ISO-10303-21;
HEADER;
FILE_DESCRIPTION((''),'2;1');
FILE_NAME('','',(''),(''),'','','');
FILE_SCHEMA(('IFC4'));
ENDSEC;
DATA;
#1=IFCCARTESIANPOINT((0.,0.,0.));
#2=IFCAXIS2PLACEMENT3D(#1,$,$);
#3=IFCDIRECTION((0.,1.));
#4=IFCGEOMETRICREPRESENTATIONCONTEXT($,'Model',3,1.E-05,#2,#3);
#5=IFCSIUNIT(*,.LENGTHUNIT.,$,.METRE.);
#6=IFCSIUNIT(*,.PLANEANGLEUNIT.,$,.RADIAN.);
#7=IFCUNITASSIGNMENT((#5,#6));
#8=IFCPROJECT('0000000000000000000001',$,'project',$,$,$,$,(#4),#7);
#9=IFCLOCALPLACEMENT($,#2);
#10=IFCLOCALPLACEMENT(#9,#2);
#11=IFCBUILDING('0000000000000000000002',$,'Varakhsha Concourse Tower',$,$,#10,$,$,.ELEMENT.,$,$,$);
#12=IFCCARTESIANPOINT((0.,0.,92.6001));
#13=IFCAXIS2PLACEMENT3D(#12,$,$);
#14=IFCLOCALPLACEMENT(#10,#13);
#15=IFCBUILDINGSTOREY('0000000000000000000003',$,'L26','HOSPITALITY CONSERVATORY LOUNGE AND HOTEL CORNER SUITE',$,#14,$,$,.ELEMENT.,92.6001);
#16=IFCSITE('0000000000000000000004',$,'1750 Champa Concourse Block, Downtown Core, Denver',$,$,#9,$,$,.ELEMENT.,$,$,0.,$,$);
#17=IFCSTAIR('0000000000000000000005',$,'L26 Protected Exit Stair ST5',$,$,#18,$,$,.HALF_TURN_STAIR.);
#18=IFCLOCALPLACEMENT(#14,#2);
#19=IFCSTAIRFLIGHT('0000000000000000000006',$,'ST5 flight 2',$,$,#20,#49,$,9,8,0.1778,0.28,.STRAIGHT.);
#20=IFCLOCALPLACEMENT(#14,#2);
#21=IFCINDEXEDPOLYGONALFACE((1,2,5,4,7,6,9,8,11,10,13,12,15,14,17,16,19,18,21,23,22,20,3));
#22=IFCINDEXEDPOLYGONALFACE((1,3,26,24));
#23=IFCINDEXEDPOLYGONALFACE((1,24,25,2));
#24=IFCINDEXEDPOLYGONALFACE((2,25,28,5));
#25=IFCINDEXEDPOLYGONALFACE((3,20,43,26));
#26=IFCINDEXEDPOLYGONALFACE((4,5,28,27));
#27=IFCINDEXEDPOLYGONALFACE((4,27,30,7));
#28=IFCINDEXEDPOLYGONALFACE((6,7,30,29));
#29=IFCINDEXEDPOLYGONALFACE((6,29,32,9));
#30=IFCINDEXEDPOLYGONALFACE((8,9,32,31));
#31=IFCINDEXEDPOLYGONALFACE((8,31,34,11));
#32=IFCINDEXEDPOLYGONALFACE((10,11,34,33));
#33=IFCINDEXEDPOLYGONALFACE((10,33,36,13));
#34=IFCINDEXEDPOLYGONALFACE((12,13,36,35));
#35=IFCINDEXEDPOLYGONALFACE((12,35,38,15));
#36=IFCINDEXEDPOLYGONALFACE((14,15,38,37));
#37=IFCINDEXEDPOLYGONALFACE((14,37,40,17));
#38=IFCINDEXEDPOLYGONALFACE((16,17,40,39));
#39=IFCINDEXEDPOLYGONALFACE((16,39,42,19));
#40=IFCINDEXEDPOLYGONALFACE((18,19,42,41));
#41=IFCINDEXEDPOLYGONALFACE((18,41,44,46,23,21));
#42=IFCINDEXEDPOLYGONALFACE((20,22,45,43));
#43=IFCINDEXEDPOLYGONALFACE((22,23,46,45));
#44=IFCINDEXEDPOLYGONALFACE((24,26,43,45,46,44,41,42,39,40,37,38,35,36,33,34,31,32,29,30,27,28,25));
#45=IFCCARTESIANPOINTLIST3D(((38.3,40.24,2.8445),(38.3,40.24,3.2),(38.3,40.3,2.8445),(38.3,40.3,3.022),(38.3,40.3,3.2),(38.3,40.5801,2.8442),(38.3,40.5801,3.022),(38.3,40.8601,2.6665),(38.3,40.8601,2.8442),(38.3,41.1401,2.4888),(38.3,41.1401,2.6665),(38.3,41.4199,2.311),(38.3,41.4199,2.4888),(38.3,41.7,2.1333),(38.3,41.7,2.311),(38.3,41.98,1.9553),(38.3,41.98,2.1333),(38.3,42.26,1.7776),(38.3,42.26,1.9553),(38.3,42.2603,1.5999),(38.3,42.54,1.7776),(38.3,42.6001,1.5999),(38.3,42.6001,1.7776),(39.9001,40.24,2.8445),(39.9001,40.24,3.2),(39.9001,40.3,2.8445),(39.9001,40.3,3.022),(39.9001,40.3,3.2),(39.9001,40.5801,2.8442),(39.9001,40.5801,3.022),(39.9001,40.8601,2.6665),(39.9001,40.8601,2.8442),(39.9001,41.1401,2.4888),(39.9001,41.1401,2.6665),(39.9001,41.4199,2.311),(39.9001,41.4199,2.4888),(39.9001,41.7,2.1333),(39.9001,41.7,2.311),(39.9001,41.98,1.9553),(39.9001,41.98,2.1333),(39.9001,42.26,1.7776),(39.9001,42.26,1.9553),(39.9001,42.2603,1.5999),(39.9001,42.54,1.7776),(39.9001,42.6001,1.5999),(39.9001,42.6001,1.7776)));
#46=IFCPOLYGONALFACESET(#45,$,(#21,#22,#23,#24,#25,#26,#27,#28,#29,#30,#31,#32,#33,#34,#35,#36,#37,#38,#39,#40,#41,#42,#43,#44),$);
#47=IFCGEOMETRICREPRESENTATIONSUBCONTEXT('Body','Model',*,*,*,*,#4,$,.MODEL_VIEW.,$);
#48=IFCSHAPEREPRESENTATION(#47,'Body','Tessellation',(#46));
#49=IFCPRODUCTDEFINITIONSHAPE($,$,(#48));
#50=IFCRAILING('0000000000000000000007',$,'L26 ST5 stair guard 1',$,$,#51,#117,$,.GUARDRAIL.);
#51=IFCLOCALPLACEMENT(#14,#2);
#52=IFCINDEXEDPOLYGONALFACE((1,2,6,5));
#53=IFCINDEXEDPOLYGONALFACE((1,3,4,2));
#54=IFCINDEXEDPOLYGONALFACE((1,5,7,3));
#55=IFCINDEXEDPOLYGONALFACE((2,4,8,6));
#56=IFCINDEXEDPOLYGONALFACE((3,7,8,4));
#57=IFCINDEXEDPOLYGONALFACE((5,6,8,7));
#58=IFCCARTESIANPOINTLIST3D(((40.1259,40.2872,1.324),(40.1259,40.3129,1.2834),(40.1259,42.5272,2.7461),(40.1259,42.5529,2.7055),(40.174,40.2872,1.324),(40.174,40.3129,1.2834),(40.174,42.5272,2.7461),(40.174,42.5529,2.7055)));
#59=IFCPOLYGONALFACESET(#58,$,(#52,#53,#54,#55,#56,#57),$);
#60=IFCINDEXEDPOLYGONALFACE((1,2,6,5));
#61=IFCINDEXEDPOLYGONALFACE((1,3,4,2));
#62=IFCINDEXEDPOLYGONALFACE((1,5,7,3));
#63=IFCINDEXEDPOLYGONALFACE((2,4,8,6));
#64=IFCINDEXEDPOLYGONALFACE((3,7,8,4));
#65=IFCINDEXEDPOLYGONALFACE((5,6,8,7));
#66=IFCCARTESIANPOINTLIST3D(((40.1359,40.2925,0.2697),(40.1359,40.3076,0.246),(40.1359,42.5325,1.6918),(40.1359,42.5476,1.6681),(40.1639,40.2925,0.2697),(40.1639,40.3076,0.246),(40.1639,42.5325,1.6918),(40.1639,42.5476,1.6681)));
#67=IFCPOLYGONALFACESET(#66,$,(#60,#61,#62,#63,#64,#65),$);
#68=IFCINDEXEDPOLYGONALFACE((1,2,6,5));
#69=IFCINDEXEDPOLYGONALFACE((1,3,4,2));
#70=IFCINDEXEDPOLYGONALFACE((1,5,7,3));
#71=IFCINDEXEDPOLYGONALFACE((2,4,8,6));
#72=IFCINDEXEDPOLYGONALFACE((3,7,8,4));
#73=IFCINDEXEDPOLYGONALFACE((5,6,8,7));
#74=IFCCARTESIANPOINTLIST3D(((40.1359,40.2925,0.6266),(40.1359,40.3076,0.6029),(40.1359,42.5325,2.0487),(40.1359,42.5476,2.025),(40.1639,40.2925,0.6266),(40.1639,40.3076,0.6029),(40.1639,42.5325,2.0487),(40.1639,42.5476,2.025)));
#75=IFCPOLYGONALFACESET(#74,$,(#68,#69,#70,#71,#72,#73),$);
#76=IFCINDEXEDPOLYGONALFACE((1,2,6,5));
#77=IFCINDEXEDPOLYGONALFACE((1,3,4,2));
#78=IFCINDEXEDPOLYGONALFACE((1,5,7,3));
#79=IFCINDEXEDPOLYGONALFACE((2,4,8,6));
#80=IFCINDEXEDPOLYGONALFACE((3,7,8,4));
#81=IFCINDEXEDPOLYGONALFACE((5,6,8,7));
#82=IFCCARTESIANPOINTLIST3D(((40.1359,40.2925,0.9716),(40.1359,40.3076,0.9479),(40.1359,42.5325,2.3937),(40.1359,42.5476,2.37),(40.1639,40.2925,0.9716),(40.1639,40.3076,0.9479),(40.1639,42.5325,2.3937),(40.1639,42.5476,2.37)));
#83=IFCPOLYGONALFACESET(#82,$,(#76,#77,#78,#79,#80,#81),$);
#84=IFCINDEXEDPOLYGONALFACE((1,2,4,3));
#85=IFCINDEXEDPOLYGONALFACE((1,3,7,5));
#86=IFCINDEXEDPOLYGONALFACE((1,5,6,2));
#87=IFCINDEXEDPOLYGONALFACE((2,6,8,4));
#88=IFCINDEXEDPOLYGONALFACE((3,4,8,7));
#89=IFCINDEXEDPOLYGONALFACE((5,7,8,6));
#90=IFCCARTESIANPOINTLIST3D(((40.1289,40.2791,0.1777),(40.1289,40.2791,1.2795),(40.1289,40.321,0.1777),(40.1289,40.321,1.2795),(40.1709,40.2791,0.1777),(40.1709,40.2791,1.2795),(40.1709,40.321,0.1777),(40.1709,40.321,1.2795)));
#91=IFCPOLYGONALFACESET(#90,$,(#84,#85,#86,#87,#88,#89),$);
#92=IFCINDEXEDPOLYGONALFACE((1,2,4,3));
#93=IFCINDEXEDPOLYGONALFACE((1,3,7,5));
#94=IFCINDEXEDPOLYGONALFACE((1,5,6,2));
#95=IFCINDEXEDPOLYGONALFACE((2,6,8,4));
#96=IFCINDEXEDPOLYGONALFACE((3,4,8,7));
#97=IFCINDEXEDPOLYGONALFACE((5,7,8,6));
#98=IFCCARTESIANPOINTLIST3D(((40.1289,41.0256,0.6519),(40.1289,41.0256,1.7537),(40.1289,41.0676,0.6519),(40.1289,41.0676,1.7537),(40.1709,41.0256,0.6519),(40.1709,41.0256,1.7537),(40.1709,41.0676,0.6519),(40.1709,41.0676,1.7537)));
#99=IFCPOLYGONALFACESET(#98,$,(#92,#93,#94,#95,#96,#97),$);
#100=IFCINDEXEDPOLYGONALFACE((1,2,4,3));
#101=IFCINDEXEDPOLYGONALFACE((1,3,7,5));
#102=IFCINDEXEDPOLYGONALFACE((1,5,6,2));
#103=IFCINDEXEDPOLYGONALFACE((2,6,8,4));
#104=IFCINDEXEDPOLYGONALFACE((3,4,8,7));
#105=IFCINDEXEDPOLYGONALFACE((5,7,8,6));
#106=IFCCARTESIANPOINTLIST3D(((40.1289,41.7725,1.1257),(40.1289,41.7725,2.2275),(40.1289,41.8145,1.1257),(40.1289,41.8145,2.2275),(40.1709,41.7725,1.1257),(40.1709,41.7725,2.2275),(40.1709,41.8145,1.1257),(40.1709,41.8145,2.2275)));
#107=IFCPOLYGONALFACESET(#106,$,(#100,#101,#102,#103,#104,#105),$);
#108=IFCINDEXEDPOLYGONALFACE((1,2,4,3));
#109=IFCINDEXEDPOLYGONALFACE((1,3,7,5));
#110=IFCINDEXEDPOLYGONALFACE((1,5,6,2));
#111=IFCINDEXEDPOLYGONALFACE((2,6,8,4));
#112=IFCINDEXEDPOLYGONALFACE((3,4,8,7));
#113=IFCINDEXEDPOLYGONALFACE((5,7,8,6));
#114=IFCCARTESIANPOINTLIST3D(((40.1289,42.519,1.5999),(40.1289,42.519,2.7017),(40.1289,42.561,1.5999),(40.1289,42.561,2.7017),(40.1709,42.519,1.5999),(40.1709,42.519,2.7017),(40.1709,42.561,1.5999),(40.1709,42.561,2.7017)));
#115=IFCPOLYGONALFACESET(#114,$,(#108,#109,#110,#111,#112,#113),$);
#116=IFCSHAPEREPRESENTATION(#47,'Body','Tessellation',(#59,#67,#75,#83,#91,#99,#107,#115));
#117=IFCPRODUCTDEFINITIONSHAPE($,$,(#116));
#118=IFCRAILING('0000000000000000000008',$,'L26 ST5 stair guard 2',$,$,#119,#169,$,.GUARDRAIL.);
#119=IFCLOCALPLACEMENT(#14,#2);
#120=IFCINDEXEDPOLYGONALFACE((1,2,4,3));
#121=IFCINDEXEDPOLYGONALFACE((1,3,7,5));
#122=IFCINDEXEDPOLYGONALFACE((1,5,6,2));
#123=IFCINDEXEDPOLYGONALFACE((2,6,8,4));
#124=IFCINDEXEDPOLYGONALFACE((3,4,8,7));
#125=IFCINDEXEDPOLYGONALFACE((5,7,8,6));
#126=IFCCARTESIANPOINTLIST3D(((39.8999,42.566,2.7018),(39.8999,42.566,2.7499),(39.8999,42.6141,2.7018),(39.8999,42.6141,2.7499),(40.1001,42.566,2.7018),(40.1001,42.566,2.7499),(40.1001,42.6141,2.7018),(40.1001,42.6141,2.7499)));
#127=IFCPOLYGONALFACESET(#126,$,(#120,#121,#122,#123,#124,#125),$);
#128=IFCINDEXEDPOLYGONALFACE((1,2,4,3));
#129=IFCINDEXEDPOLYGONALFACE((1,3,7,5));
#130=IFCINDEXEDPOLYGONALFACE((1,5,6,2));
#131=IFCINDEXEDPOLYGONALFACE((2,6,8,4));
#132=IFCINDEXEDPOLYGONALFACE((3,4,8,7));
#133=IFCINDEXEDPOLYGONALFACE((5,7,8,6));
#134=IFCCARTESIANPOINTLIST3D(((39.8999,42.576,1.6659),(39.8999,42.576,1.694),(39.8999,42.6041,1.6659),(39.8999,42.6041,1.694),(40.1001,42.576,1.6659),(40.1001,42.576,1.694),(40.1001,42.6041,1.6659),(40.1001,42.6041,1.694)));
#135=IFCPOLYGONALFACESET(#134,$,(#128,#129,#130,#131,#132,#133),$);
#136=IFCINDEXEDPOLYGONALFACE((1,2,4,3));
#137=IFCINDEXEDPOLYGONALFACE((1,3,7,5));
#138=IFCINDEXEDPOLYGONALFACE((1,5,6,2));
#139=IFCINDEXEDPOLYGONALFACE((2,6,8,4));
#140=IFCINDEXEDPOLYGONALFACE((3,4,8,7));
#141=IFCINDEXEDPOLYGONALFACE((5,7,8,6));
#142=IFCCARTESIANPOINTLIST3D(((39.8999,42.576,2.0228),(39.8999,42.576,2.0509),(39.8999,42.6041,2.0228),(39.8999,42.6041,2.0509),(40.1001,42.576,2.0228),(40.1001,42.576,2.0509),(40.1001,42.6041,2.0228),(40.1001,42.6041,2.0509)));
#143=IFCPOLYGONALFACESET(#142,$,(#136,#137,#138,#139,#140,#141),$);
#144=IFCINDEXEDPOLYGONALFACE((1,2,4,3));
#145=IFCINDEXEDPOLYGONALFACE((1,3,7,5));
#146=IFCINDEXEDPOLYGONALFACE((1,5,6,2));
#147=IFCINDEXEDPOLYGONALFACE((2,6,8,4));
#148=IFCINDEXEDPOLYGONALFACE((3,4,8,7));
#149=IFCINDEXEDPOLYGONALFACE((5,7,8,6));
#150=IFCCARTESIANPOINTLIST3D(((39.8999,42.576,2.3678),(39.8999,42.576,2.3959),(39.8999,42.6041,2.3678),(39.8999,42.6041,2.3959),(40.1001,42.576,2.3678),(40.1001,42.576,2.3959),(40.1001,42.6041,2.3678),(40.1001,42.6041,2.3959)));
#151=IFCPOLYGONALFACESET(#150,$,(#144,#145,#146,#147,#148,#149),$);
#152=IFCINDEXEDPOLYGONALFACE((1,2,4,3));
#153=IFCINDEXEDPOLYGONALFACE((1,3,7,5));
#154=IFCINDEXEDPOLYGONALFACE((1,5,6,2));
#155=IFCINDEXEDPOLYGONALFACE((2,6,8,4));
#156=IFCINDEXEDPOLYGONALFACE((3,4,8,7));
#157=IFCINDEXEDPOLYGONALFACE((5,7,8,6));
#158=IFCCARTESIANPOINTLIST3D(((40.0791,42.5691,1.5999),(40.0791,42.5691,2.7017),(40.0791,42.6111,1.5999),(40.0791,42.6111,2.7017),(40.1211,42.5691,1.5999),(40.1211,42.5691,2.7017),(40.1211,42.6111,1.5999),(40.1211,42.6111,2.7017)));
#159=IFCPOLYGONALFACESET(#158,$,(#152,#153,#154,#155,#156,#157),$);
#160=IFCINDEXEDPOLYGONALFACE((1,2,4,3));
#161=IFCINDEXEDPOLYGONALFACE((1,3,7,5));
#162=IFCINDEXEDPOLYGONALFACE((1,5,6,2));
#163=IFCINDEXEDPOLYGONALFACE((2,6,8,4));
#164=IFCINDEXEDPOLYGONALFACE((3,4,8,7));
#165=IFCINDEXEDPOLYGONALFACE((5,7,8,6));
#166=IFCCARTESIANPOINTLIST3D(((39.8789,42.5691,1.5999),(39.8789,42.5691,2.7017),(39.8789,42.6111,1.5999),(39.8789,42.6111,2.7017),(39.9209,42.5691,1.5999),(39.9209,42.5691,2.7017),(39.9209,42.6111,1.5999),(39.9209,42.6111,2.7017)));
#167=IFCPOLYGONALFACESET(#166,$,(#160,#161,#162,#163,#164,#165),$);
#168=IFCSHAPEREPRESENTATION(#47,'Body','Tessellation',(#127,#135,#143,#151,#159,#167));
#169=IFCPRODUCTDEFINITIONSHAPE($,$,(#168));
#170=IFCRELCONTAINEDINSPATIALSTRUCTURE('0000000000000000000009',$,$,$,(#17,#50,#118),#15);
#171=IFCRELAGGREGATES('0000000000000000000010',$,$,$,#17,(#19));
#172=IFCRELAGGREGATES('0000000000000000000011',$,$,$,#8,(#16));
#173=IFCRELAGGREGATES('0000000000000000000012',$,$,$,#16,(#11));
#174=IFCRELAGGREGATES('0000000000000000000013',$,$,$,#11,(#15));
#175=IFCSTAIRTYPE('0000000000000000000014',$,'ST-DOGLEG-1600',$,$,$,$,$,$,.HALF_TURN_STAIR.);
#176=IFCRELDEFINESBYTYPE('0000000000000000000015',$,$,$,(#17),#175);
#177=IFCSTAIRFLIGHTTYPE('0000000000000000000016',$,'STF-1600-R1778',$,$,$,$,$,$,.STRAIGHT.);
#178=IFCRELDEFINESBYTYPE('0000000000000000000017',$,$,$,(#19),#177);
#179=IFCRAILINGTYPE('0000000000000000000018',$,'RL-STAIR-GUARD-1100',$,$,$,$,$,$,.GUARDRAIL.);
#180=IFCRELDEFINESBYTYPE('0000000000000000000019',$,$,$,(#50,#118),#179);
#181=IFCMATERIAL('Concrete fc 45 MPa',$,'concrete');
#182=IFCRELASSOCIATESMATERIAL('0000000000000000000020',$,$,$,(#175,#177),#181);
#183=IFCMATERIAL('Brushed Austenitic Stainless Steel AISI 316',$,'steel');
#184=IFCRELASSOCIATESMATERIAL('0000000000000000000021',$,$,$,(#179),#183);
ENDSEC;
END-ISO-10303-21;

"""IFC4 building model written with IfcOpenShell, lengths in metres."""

from ifc_helpers import new_model, si_unit, direction, frame, origin, origin_2d, place, context, subcontext, project, spatial, polyline, rectangle, outline, extrude, material, type_object, element, aggregate, save


model = new_model("IFC4")

# Units and contexts
model_context = context("Model", 3, precision=1e-05, world=origin(), true_north=direction((0.0, 1.0)))
body_context = subcontext(model_context, "Body", "Model", "MODEL_VIEW")
ifc_project = project(units=[si_unit("LENGTHUNIT", "METRE"), si_unit("PLANEANGLEUNIT", "RADIAN")], contexts=[model_context])

# Site, building, storey
site_placement = place(None, origin())
site = spatial("IfcSite", under=ifc_project, at=site_placement, Name="1750 Champa Concourse Block, Downtown Core, Denver", CompositionType="ELEMENT", RefElevation=0.0)
building_placement = place(site_placement, origin())
building = spatial("IfcBuilding", under=site, at=building_placement, Name="Varakhsha Concourse Tower", CompositionType="ELEMENT")
storey_placement = place(building_placement, frame((0.0, 0.0, 92.6001)))
storey = spatial("IfcBuildingStorey", under=building, at=storey_placement, Name="L26", Description="HOSPITALITY CONSERVATORY LOUNGE AND HOTEL CORNER SUITE", CompositionType="ELEMENT", Elevation=92.6001)

# Shared definitions
ifc_material_1 = material(Name="Concrete fc 45 MPa", Category="concrete")

# Stair, stair flight
stair_type = type_object("IfcStairType", Name="ST-DOGLEG-1600", PredefinedType="HALF_TURN_STAIR", material=ifc_material_1)
stair_placement = place(storey_placement, origin())
stair = element("IfcStair", 1, at=stair_placement, inside=storey, type_object=stair_type, Name="L26 Protected Exit Stair ST5", PredefinedType="HALF_TURN_STAIR")
stair_flight_type = type_object("IfcStairFlightType", Name="STF-1600-R1778", PredefinedType="STRAIGHT", material=ifc_material_1)
stair_flight_1_placement = place(storey_placement, frame((39.1001, 42.54, 1.5999), z_axis=(0.0, 0.0, 1.0), x_axis=(0.0, -1.0, 0.0)))
stair_flight_1 = element("IfcStairFlight", 2, at=stair_flight_1_placement, type_object=stair_flight_type, Name="ST5 flight 2", NumberOfRisers=9, NumberOfTreads=8, PredefinedType="STRAIGHT", RiserHeight=0.1778, TreadLength=0.28, context=body_context, shape_type="SweptSolid", body=[
    extrude(outline(polyline([(-0.0601, 0.0), (-0.0601, 0.1777), (0.0, 0.1777), (0.28, 0.1777), (0.28, 0.3555), (0.5601, 0.3555), (0.5601, 0.5334), (0.8401, 0.5334), (0.8401, 0.7112), (1.1201, 0.7112), (1.1201, 0.8889), (1.3999, 0.8889), (1.3999, 1.0667), (1.6799, 1.0667), (1.6799, 1.2444), (1.96, 1.2444), (1.96, 1.4221), (2.24, 1.4221), (2.24, 1.6001), (2.3, 1.6001), (2.3, 1.2446), (2.24, 1.2446), (0.2798, 0.0), (-0.0601, 0.0)])), frame((0.0, 0.8, 0.0), z_axis=(0.0, -1.0, 0.0), x_axis=(1.0, 0.0, 0.0)), (0.0, 0.0, 1.0), 1.6001),
])
aggregate(stair, [stair_flight_1])

# Railings
ifc_material_2 = material(Name="Brushed Austenitic Stainless Steel AISI 316", Category="steel")
railing_type_1 = type_object("IfcRailingType", Name="RL-STAIR-GUARD-1100", PredefinedType="GUARDRAIL", material=ifc_material_2)
railing_1_placement = place(storey_placement, frame((40.1499, 40.3, 0.1777)))
element("IfcRailing", 3, at=railing_1_placement, inside=storey, type_object=railing_type_1, Name="L26 ST5 stair guard 1", PredefinedType="GUARDRAIL", context=body_context, shape_type="SweptSolid", body=[
    extrude(rectangle(XDim=0.0481, YDim=0.0481, at=origin_2d()), frame((0.0, 0.0, 1.126), z_axis=(0.0, 0.844229, 0.535982), x_axis=(-1.0, 0.0, 0.0)), (0.0, 0.0, 1.0), 2.6533),
    extrude(rectangle(XDim=0.0281, YDim=0.0281, at=origin_2d()), frame((0.0, 0.0, 0.0801), z_axis=(0.0, 0.844229, 0.535982), x_axis=(-1.0, 0.0, 0.0)), (0.0, 0.0, 1.0), 2.6533),
    extrude(rectangle(XDim=0.0281, YDim=0.0281, at=origin_2d()), frame((0.0, 0.0, 0.437), z_axis=(0.0, 0.844229, 0.535982), x_axis=(-1.0, 0.0, 0.0)), (0.0, 0.0, 1.0), 2.6533),
    extrude(rectangle(XDim=0.0281, YDim=0.0281, at=origin_2d()), frame((0.0, 0.0, 0.782), z_axis=(0.0, 0.844229, 0.535982), x_axis=(-1.0, 0.0, 0.0)), (0.0, 0.0, 1.0), 2.6533),
    extrude(rectangle(XDim=0.042, YDim=0.042, at=origin_2d()), origin(), (0.0, 0.0, 1.0), 1.1018),
    extrude(rectangle(XDim=0.042, YDim=0.042, at=origin_2d()), frame((0.0, 0.7466, 0.4741)), (0.0, 0.0, 1.0), 1.1018),
    extrude(rectangle(XDim=0.042, YDim=0.042, at=origin_2d()), frame((0.0, 1.4934, 0.948)), (0.0, 0.0, 1.0), 1.1018),
    extrude(rectangle(XDim=0.042, YDim=0.042, at=origin_2d()), frame((0.0, 2.24, 1.4221)), (0.0, 0.0, 1.0), 1.1018),
])
railing_2_placement = place(storey_placement, frame((40.1001, 42.5901, 1.5999)))
element("IfcRailing", 4, at=railing_2_placement, inside=storey, type_object=railing_type_1, Name="L26 ST5 stair guard 2", PredefinedType="GUARDRAIL", context=body_context, shape_type="SweptSolid", body=[
    extrude(rectangle(XDim=0.0481, YDim=0.0481, at=origin_2d()), frame((0.0, 0.0, 1.126), z_axis=(-1.0, 0.0, 0.0), x_axis=(0.0, -1.0, 0.0)), (0.0, 0.0, 1.0), 0.2002),
    extrude(rectangle(XDim=0.0281, YDim=0.0281, at=origin_2d()), frame((0.0, 0.0, 0.0801), z_axis=(-1.0, 0.0, 0.0), x_axis=(0.0, -1.0, 0.0)), (0.0, 0.0, 1.0), 0.2002),
    extrude(rectangle(XDim=0.0281, YDim=0.0281, at=origin_2d()), frame((0.0, 0.0, 0.437), z_axis=(-1.0, 0.0, 0.0), x_axis=(0.0, -1.0, 0.0)), (0.0, 0.0, 1.0), 0.2002),
    extrude(rectangle(XDim=0.0281, YDim=0.0281, at=origin_2d()), frame((0.0, 0.0, 0.782), z_axis=(-1.0, 0.0, 0.0), x_axis=(0.0, -1.0, 0.0)), (0.0, 0.0, 1.0), 0.2002),
    extrude(rectangle(XDim=0.042, YDim=0.042, at=origin_2d()), origin(), (0.0, 0.0, 1.0), 1.1018),
    extrude(rectangle(XDim=0.042, YDim=0.042, at=origin_2d()), frame((-0.2002, 0.0, 0.0)), (0.0, 0.0, 1.0), 1.1018),
])

save(model, "model.ifc")
